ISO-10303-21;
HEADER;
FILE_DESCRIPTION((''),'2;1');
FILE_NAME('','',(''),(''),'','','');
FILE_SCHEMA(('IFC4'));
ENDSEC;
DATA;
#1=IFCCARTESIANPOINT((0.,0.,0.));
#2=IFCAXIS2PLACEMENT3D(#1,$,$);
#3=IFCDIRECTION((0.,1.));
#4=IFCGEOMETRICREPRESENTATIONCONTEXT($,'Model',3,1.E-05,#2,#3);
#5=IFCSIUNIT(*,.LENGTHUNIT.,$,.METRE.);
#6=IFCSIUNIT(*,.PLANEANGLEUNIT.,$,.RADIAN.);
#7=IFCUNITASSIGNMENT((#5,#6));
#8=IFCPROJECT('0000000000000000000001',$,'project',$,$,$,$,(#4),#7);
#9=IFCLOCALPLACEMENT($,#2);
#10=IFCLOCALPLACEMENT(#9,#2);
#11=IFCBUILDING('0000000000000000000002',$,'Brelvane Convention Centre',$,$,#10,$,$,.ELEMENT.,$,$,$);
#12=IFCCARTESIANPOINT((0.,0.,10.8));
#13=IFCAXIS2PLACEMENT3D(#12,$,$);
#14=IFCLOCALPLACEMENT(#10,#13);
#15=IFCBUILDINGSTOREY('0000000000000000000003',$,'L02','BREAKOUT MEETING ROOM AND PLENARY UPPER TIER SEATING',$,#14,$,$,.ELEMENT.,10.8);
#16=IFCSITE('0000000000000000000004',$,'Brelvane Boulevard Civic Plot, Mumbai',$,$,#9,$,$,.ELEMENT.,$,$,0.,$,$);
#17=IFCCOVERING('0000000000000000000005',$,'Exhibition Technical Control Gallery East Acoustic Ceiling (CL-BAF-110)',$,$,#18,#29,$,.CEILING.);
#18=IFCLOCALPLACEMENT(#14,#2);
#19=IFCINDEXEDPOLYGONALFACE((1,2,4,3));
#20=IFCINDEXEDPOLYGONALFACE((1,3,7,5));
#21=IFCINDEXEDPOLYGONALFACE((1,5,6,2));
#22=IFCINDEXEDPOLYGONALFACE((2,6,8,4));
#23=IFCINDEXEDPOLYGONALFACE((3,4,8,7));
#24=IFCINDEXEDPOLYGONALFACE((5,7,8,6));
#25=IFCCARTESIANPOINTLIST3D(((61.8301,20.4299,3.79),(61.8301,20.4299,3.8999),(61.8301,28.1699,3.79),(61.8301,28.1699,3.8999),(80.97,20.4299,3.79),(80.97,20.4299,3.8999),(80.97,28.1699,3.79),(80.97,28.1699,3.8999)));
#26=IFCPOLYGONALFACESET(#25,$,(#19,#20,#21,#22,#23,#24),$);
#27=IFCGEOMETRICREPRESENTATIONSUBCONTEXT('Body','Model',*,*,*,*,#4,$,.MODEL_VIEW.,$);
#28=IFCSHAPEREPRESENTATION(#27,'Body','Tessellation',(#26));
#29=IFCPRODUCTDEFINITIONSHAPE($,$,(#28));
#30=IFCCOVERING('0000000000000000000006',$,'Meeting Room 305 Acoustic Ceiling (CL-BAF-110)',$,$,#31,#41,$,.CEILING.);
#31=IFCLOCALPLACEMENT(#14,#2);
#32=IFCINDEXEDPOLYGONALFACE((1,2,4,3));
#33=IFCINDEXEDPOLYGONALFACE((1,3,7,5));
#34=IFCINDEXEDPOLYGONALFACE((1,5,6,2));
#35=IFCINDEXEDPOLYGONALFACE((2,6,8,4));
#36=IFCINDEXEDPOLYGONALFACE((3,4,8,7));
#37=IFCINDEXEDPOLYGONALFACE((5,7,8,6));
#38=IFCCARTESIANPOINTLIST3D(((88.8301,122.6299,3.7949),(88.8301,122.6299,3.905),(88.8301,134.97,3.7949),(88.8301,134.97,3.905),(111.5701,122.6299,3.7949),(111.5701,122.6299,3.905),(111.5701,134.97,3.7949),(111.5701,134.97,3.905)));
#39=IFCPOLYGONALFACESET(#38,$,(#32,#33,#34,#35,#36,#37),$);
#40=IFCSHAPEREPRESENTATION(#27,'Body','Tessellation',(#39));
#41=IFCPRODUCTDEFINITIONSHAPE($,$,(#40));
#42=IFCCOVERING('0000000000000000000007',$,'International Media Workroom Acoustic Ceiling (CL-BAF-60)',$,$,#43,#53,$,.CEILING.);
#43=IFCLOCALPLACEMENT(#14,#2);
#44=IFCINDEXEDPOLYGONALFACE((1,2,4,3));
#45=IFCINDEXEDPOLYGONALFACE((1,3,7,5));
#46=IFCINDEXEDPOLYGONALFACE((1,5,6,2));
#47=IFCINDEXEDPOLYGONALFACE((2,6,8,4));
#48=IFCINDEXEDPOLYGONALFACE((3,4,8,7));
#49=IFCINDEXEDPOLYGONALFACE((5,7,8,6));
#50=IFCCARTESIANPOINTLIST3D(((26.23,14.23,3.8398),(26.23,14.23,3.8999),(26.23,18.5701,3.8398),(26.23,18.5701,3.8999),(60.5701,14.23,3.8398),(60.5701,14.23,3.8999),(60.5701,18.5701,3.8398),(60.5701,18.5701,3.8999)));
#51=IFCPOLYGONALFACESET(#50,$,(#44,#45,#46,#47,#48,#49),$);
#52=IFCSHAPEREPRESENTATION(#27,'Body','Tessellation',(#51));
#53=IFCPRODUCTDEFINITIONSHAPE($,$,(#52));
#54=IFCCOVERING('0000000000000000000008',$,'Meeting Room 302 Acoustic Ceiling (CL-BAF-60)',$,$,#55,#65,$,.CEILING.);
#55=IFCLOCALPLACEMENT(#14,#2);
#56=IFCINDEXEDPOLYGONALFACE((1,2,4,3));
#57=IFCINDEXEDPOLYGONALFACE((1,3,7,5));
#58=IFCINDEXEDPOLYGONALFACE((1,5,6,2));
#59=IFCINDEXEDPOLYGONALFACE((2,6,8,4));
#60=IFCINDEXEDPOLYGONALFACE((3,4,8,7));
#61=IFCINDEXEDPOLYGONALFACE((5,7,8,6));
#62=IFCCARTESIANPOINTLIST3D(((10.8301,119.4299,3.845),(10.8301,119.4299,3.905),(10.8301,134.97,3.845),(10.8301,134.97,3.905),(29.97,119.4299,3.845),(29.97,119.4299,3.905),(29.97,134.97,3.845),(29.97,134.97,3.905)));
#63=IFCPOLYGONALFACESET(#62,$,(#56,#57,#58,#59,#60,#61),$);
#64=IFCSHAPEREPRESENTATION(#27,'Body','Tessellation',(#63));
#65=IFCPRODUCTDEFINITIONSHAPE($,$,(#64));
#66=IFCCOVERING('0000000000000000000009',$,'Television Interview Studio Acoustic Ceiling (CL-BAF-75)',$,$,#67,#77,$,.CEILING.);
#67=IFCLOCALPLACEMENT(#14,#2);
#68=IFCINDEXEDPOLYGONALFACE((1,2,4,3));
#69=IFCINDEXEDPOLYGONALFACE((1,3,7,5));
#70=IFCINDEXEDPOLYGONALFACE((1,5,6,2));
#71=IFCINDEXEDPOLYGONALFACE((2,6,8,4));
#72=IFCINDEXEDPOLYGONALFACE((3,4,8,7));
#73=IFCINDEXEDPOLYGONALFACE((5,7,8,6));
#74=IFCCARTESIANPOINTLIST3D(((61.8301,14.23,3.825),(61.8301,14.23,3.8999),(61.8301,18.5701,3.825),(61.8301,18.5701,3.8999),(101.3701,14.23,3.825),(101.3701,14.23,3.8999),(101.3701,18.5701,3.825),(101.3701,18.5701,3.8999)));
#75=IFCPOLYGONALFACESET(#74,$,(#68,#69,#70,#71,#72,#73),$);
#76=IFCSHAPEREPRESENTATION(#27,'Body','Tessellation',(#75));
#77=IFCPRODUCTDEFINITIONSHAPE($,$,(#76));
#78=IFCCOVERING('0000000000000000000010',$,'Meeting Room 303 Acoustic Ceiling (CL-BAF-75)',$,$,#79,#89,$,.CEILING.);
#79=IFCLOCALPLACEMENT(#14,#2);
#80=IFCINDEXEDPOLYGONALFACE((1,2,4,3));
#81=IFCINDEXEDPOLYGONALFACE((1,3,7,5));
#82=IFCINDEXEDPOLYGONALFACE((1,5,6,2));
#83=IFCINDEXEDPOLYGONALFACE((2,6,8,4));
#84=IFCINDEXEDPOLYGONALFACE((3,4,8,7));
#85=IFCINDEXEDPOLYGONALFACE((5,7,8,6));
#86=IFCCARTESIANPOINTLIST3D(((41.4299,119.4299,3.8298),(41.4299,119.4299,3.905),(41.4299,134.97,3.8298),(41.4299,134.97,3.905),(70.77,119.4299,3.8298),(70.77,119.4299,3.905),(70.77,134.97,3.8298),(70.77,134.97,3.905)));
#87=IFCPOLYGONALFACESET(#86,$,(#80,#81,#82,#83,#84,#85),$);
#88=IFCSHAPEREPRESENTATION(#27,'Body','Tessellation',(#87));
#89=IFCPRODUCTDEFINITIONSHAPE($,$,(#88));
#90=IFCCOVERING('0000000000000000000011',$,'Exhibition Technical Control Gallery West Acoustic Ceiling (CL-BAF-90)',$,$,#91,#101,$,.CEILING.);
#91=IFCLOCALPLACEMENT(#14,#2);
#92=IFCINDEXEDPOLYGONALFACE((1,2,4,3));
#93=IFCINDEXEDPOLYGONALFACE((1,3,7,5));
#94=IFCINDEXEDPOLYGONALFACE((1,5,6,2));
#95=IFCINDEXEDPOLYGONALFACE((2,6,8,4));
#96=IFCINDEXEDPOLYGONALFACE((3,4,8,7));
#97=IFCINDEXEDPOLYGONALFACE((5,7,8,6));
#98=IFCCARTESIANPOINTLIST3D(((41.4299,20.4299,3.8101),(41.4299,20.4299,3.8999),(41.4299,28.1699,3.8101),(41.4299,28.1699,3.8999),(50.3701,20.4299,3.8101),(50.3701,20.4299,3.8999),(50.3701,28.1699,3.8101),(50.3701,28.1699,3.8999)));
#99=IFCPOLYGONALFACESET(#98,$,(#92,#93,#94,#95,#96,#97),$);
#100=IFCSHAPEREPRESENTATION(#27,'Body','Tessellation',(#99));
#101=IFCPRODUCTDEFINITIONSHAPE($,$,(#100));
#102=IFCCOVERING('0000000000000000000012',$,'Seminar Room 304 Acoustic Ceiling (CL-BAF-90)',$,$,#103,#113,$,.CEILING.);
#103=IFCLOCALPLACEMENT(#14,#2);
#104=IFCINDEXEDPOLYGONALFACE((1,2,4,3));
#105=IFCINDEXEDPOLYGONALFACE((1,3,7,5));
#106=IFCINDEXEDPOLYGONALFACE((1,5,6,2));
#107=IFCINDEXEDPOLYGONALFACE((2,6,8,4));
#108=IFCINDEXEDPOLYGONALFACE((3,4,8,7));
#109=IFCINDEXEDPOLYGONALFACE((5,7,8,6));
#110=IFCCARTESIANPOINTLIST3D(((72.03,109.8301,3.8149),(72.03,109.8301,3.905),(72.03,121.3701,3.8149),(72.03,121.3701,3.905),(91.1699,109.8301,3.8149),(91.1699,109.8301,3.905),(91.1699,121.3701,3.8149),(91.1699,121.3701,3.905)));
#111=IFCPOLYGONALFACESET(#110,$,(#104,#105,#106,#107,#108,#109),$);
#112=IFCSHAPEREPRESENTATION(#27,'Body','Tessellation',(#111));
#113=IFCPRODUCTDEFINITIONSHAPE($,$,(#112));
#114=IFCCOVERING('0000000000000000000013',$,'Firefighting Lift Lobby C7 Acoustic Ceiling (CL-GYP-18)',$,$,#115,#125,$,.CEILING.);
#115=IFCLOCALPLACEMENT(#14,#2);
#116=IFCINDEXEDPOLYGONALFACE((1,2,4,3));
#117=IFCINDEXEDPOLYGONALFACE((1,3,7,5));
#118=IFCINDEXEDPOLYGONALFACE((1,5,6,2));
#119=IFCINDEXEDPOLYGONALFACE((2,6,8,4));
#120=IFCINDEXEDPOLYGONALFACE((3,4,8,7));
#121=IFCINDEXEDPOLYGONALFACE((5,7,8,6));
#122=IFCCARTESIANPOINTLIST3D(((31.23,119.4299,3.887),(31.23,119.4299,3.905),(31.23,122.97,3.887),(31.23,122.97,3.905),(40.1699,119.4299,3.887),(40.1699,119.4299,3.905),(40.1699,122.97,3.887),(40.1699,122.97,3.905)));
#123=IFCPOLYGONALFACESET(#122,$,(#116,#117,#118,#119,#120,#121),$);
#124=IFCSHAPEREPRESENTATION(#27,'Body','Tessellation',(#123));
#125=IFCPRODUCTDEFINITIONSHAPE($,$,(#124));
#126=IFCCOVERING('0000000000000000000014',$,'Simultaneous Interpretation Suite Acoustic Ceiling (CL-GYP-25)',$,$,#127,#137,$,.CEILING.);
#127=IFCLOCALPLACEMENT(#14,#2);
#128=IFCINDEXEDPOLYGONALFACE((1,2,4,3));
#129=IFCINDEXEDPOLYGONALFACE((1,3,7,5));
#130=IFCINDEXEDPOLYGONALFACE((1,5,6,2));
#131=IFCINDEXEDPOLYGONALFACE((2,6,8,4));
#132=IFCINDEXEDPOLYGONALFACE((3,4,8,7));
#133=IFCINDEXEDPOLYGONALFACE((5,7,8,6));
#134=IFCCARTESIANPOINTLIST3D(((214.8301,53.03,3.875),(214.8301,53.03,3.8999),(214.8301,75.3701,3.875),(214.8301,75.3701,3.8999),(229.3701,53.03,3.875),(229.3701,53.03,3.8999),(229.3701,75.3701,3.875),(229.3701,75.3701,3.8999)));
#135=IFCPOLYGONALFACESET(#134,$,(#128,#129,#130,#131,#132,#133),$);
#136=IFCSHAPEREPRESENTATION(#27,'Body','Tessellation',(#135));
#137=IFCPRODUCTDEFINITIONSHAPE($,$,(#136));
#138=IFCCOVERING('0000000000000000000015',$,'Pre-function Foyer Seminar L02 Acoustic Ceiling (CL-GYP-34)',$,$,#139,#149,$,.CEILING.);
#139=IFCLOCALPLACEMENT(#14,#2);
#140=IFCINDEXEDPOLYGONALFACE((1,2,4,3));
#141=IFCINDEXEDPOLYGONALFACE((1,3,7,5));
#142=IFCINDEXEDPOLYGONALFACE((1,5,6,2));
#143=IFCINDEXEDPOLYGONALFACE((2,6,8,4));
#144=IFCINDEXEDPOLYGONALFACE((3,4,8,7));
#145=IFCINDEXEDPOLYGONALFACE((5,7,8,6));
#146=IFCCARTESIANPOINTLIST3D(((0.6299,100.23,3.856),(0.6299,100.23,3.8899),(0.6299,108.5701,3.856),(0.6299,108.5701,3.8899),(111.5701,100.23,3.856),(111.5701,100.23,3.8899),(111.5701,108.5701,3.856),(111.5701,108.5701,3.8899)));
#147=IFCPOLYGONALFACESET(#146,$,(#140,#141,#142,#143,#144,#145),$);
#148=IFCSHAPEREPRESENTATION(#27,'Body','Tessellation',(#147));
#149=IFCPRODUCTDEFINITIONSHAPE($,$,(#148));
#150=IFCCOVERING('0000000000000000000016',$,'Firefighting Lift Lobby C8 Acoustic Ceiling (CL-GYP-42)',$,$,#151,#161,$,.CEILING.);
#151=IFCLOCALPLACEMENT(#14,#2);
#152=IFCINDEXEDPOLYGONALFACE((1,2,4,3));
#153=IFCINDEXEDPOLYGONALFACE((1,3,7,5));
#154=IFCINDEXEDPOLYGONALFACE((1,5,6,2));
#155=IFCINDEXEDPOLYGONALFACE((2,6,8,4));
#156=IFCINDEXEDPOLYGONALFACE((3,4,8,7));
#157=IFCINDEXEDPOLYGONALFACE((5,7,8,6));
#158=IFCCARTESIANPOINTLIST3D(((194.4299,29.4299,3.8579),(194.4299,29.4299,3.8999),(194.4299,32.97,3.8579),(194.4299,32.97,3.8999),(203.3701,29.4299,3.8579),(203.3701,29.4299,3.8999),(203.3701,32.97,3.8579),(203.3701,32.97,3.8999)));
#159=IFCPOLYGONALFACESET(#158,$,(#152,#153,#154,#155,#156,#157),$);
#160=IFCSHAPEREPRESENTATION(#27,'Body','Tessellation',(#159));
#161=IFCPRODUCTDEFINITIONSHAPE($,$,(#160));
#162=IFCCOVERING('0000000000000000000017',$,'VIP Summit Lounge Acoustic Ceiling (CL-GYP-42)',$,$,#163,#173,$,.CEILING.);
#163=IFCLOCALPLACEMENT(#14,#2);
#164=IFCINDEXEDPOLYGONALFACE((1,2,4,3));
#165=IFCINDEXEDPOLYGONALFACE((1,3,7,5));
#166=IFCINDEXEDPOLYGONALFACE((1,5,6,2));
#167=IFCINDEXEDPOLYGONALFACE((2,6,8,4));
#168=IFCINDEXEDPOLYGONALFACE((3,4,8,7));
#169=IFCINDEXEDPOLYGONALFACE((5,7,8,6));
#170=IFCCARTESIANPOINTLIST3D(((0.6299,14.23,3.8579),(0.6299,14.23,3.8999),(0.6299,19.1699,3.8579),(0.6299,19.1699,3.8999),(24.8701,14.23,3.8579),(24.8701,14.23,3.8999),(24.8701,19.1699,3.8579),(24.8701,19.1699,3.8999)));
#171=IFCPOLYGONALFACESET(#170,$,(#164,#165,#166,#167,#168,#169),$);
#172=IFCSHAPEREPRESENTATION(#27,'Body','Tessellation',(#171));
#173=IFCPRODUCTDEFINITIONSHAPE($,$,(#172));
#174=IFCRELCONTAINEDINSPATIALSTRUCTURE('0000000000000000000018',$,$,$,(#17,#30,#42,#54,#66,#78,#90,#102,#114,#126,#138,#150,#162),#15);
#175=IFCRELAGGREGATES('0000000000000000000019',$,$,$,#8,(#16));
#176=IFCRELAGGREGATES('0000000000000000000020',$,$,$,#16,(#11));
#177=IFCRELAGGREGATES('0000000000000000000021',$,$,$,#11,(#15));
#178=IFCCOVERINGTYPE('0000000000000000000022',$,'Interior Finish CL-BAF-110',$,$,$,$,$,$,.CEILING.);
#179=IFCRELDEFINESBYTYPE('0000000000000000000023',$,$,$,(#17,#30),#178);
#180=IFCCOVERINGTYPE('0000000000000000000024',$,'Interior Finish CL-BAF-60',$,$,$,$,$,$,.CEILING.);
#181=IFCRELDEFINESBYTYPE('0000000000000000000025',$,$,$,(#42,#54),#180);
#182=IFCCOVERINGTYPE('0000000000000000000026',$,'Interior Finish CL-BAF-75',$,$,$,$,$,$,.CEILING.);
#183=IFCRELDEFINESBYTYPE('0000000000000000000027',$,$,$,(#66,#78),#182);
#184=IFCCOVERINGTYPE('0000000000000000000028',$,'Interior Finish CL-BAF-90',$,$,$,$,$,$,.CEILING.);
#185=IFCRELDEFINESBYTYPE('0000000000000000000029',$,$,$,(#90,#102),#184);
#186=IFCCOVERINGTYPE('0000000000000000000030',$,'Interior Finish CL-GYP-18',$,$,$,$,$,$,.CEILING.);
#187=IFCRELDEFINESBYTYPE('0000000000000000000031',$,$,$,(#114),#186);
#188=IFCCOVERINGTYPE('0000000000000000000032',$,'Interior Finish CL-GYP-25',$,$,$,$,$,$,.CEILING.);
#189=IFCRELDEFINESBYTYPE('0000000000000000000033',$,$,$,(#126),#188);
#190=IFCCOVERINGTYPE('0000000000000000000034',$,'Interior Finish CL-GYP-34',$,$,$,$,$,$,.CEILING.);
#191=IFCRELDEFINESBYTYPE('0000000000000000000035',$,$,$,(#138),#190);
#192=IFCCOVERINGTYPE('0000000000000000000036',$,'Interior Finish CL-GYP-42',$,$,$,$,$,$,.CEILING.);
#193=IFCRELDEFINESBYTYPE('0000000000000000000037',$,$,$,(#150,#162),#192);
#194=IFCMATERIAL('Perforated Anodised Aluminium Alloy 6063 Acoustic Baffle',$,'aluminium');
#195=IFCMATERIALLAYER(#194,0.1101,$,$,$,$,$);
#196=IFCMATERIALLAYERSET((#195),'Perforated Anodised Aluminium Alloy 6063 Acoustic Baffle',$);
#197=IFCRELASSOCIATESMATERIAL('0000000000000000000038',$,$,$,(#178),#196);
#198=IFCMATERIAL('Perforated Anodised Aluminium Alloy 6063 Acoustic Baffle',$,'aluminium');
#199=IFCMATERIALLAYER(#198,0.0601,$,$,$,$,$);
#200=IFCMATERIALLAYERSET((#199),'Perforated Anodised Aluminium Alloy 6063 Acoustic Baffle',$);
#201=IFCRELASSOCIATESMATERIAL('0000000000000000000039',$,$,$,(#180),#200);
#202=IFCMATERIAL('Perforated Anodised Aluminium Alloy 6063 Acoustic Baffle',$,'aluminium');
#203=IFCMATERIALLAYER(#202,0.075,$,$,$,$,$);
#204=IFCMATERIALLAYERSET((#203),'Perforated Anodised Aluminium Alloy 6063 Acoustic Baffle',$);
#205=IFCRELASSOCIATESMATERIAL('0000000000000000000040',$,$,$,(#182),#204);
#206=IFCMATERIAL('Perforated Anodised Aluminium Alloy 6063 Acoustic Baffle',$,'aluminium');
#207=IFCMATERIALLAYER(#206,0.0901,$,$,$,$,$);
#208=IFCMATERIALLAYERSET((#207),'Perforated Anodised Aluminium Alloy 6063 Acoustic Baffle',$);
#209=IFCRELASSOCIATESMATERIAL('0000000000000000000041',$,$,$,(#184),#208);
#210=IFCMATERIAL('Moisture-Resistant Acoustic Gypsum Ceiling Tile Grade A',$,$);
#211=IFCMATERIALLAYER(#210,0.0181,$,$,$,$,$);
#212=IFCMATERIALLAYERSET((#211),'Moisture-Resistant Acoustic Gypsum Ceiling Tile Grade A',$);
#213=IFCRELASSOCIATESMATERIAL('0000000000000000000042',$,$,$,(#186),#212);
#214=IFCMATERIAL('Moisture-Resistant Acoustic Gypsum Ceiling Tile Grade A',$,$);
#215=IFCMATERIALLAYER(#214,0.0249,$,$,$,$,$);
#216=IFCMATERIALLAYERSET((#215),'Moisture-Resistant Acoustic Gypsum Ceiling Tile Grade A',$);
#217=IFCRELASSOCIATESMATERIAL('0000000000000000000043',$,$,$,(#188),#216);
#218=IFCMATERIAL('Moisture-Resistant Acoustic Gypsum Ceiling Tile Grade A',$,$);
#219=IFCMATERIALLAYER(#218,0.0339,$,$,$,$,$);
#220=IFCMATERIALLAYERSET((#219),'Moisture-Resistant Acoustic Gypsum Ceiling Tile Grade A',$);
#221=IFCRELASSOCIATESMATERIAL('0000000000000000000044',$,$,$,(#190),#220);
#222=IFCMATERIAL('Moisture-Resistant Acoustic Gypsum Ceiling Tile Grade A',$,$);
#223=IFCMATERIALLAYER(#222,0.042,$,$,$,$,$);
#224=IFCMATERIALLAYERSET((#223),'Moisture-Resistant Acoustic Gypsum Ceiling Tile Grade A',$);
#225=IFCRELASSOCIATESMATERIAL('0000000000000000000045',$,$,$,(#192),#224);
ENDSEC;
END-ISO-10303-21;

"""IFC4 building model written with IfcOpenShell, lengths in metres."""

from ifc_helpers import new_model, si_unit, direction, frame, origin, place, context, subcontext, project, spatial, polyline, outline, extrude, material, layer, layer_set, type_object, element, save


model = new_model("IFC4")

# Units and contexts
model_context = context("Model", 3, precision=1e-05, world=origin(), true_north=direction((0.0, 1.0)))
body_context = subcontext(model_context, "Body", "Model", "MODEL_VIEW")
ifc_project = project(units=[si_unit("LENGTHUNIT", "METRE"), si_unit("PLANEANGLEUNIT", "RADIAN")], contexts=[model_context])

# Site, building, storey
site_placement = place(None, origin())
site = spatial("IfcSite", under=ifc_project, at=site_placement, Name="Brelvane Boulevard Civic Plot, Mumbai", CompositionType="ELEMENT", RefElevation=0.0)
building_placement = place(site_placement, origin())
building = spatial("IfcBuilding", under=site, at=building_placement, Name="Brelvane Convention Centre", CompositionType="ELEMENT")
storey_placement = place(building_placement, frame((0.0, 0.0, 10.8)))
storey = spatial("IfcBuildingStorey", under=building, at=storey_placement, Name="L02", Description="BREAKOUT MEETING ROOM AND PLENARY UPPER TIER SEATING", CompositionType="ELEMENT", Elevation=10.8)

# Coverings
ifc_material_1 = material(Name="Perforated Anodised Aluminium Alloy 6063 Acoustic Baffle", Category="aluminium")
ifc_layer_1 = layer(ifc_material_1, 0.1101)
ifc_layer_set_1 = layer_set([ifc_layer_1], Name="Perforated Anodised Aluminium Alloy 6063 Acoustic Baffle")
covering_type_1 = type_object("IfcCoveringType", Name="Interior Finish CL-BAF-110", PredefinedType="CEILING", material=ifc_layer_set_1)
covering_1_placement = place(storey_placement, frame((0.0, 0.0, 3.79)))
element("IfcCovering", 1, at=covering_1_placement, inside=storey, type_object=covering_type_1, Name="Exhibition Technical Control Gallery East Acoustic Ceiling (CL-BAF-110)", PredefinedType="CEILING", context=body_context, shape_type="SweptSolid", body=[
    extrude(outline(polyline([(61.8301, 20.4299), (80.97, 20.4299), (80.97, 28.1699), (61.8301, 28.1699), (61.8301, 20.4299)])), origin(), (0.0, 0.0, 1.0), 0.1099),
])
covering_2_placement = place(storey_placement, frame((0.0, 0.0, 3.7949)))
element("IfcCovering", 2, at=covering_2_placement, inside=storey, type_object=covering_type_1, Name="Meeting Room 305 Acoustic Ceiling (CL-BAF-110)", PredefinedType="CEILING", context=body_context, shape_type="SweptSolid", body=[
    extrude(outline(polyline([(88.8301, 122.6299), (111.5701, 122.6299), (111.5701, 134.97), (88.8301, 134.97), (88.8301, 122.6299)])), origin(), (0.0, 0.0, 1.0), 0.1101),
])
ifc_material_2 = material(Name="Perforated Anodised Aluminium Alloy 6063 Acoustic Baffle", Category="aluminium")
ifc_layer_2 = layer(ifc_material_2, 0.0601)
ifc_layer_set_2 = layer_set([ifc_layer_2], Name="Perforated Anodised Aluminium Alloy 6063 Acoustic Baffle")
covering_type_2 = type_object("IfcCoveringType", Name="Interior Finish CL-BAF-60", PredefinedType="CEILING", material=ifc_layer_set_2)
covering_3_placement = place(storey_placement, frame((0.0, 0.0, 3.8398)))
element("IfcCovering", 3, at=covering_3_placement, inside=storey, type_object=covering_type_2, Name="International Media Workroom Acoustic Ceiling (CL-BAF-60)", PredefinedType="CEILING", context=body_context, shape_type="SweptSolid", body=[
    extrude(outline(polyline([(26.23, 14.23), (60.5701, 14.23), (60.5701, 18.5701), (26.23, 18.5701), (26.23, 14.23)])), origin(), (0.0, 0.0, 1.0), 0.0601),
])
covering_4_placement = place(storey_placement, frame((0.0, 0.0, 3.845)))
element("IfcCovering", 4, at=covering_4_placement, inside=storey, type_object=covering_type_2, Name="Meeting Room 302 Acoustic Ceiling (CL-BAF-60)", PredefinedType="CEILING", context=body_context, shape_type="SweptSolid", body=[
    extrude(outline(polyline([(10.8301, 119.4299), (29.97, 119.4299), (29.97, 134.97), (10.8301, 134.97), (10.8301, 119.4299)])), origin(), (0.0, 0.0, 1.0), 0.0601),
])
ifc_material_3 = material(Name="Perforated Anodised Aluminium Alloy 6063 Acoustic Baffle", Category="aluminium")
ifc_layer_3 = layer(ifc_material_3, 0.075)
ifc_layer_set_3 = layer_set([ifc_layer_3], Name="Perforated Anodised Aluminium Alloy 6063 Acoustic Baffle")
covering_type_3 = type_object("IfcCoveringType", Name="Interior Finish CL-BAF-75", PredefinedType="CEILING", material=ifc_layer_set_3)
covering_5_placement = place(storey_placement, frame((0.0, 0.0, 3.825)))
element("IfcCovering", 5, at=covering_5_placement, inside=storey, type_object=covering_type_3, Name="Television Interview Studio Acoustic Ceiling (CL-BAF-75)", PredefinedType="CEILING", context=body_context, shape_type="SweptSolid", body=[
    extrude(outline(polyline([(61.8301, 14.23), (101.3701, 14.23), (101.3701, 18.5701), (61.8301, 18.5701), (61.8301, 14.23)])), origin(), (0.0, 0.0, 1.0), 0.075),
])
covering_6_placement = place(storey_placement, frame((0.0, 0.0, 3.8298)))
element("IfcCovering", 6, at=covering_6_placement, inside=storey, type_object=covering_type_3, Name="Meeting Room 303 Acoustic Ceiling (CL-BAF-75)", PredefinedType="CEILING", context=body_context, shape_type="SweptSolid", body=[
    extrude(outline(polyline([(41.4299, 119.4299), (70.77, 119.4299), (70.77, 134.97), (41.4299, 134.97), (41.4299, 119.4299)])), origin(), (0.0, 0.0, 1.0), 0.0752),
])
ifc_material_4 = material(Name="Perforated Anodised Aluminium Alloy 6063 Acoustic Baffle", Category="aluminium")
ifc_layer_4 = layer(ifc_material_4, 0.0901)
ifc_layer_set_4 = layer_set([ifc_layer_4], Name="Perforated Anodised Aluminium Alloy 6063 Acoustic Baffle")
covering_type_4 = type_object("IfcCoveringType", Name="Interior Finish CL-BAF-90", PredefinedType="CEILING", material=ifc_layer_set_4)
covering_7_placement = place(storey_placement, frame((0.0, 0.0, 3.8101)))
element("IfcCovering", 7, at=covering_7_placement, inside=storey, type_object=covering_type_4, Name="Exhibition Technical Control Gallery West Acoustic Ceiling (CL-BAF-90)", PredefinedType="CEILING", context=body_context, shape_type="SweptSolid", body=[
    extrude(outline(polyline([(41.4299, 20.4299), (50.3701, 20.4299), (50.3701, 28.1699), (41.4299, 28.1699), (41.4299, 20.4299)])), origin(), (0.0, 0.0, 1.0), 0.0898),
])
covering_8_placement = place(storey_placement, frame((0.0, 0.0, 3.8149)))
element("IfcCovering", 8, at=covering_8_placement, inside=storey, type_object=covering_type_4, Name="Seminar Room 304 Acoustic Ceiling (CL-BAF-90)", PredefinedType="CEILING", context=body_context, shape_type="SweptSolid", body=[
    extrude(outline(polyline([(72.03, 109.8301), (91.1699, 109.8301), (91.1699, 121.3701), (72.03, 121.3701), (72.03, 109.8301)])), origin(), (0.0, 0.0, 1.0), 0.0901),
])
ifc_material_5 = material(Name="Moisture-Resistant Acoustic Gypsum Ceiling Tile Grade A")
ifc_layer_5 = layer(ifc_material_5, 0.0181)
ifc_layer_set_5 = layer_set([ifc_layer_5], Name="Moisture-Resistant Acoustic Gypsum Ceiling Tile Grade A")
covering_type_5 = type_object("IfcCoveringType", Name="Interior Finish CL-GYP-18", PredefinedType="CEILING", material=ifc_layer_set_5)
covering_9_placement = place(storey_placement, frame((0.0, 0.0, 3.887)))
element("IfcCovering", 9, at=covering_9_placement, inside=storey, type_object=covering_type_5, Name="Firefighting Lift Lobby C7 Acoustic Ceiling (CL-GYP-18)", PredefinedType="CEILING", context=body_context, shape_type="SweptSolid", body=[
    extrude(outline(polyline([(31.23, 119.4299), (40.1699, 119.4299), (40.1699, 122.97), (31.23, 122.97), (31.23, 119.4299)])), origin(), (0.0, 0.0, 1.0), 0.0181),
])
ifc_material_6 = material(Name="Moisture-Resistant Acoustic Gypsum Ceiling Tile Grade A")
ifc_layer_6 = layer(ifc_material_6, 0.0249)
ifc_layer_set_6 = layer_set([ifc_layer_6], Name="Moisture-Resistant Acoustic Gypsum Ceiling Tile Grade A")
covering_type_6 = type_object("IfcCoveringType", Name="Interior Finish CL-GYP-25", PredefinedType="CEILING", material=ifc_layer_set_6)
covering_10_placement = place(storey_placement, frame((0.0, 0.0, 3.875)))
element("IfcCovering", 10, at=covering_10_placement, inside=storey, type_object=covering_type_6, Name="Simultaneous Interpretation Suite Acoustic Ceiling (CL-GYP-25)", PredefinedType="CEILING", context=body_context, shape_type="SweptSolid", body=[
    extrude(outline(polyline([(214.8301, 53.03), (229.3701, 53.03), (229.3701, 75.3701), (214.8301, 75.3701), (214.8301, 53.03)])), origin(), (0.0, 0.0, 1.0), 0.0249),
])
ifc_material_7 = material(Name="Moisture-Resistant Acoustic Gypsum Ceiling Tile Grade A")
ifc_layer_7 = layer(ifc_material_7, 0.0339)
ifc_layer_set_7 = layer_set([ifc_layer_7], Name="Moisture-Resistant Acoustic Gypsum Ceiling Tile Grade A")
covering_type_7 = type_object("IfcCoveringType", Name="Interior Finish CL-GYP-34", PredefinedType="CEILING", material=ifc_layer_set_7)
covering_11_placement = place(storey_placement, frame((0.0, 0.0, 3.856)))
element("IfcCovering", 11, at=covering_11_placement, inside=storey, type_object=covering_type_7, Name="Pre-function Foyer Seminar L02 Acoustic Ceiling (CL-GYP-34)", PredefinedType="CEILING", context=body_context, shape_type="SweptSolid", body=[
    extrude(outline(polyline([(0.6299, 100.23), (111.5701, 100.23), (111.5701, 108.5701), (0.6299, 108.5701), (0.6299, 100.23)])), origin(), (0.0, 0.0, 1.0), 0.0339),
])
ifc_material_8 = material(Name="Moisture-Resistant Acoustic Gypsum Ceiling Tile Grade A")
ifc_layer_8 = layer(ifc_material_8, 0.042)
ifc_layer_set_8 = layer_set([ifc_layer_8], Name="Moisture-Resistant Acoustic Gypsum Ceiling Tile Grade A")
covering_type_8 = type_object("IfcCoveringType", Name="Interior Finish CL-GYP-42", PredefinedType="CEILING", material=ifc_layer_set_8)
covering_12_placement = place(storey_placement, frame((0.0, 0.0, 3.8579)))
element("IfcCovering", 12, at=covering_12_placement, inside=storey, type_object=covering_type_8, Name="Firefighting Lift Lobby C8 Acoustic Ceiling (CL-GYP-42)", PredefinedType="CEILING", context=body_context, shape_type="SweptSolid", body=[
    extrude(outline(polyline([(194.4299, 29.4299), (203.3701, 29.4299), (203.3701, 32.97), (194.4299, 32.97), (194.4299, 29.4299)])), origin(), (0.0, 0.0, 1.0), 0.042),
])
covering_13_placement = place(storey_placement, frame((0.0, 0.0, 3.8579)))
element("IfcCovering", 13, at=covering_13_placement, inside=storey, type_object=covering_type_8, Name="VIP Summit Lounge Acoustic Ceiling (CL-GYP-42)", PredefinedType="CEILING", context=body_context, shape_type="SweptSolid", body=[
    extrude(outline(polyline([(0.6299, 14.23), (24.8701, 14.23), (24.8701, 19.1699), (0.6299, 19.1699), (0.6299, 14.23)])), origin(), (0.0, 0.0, 1.0), 0.042),
])

save(model, "model.ifc")
